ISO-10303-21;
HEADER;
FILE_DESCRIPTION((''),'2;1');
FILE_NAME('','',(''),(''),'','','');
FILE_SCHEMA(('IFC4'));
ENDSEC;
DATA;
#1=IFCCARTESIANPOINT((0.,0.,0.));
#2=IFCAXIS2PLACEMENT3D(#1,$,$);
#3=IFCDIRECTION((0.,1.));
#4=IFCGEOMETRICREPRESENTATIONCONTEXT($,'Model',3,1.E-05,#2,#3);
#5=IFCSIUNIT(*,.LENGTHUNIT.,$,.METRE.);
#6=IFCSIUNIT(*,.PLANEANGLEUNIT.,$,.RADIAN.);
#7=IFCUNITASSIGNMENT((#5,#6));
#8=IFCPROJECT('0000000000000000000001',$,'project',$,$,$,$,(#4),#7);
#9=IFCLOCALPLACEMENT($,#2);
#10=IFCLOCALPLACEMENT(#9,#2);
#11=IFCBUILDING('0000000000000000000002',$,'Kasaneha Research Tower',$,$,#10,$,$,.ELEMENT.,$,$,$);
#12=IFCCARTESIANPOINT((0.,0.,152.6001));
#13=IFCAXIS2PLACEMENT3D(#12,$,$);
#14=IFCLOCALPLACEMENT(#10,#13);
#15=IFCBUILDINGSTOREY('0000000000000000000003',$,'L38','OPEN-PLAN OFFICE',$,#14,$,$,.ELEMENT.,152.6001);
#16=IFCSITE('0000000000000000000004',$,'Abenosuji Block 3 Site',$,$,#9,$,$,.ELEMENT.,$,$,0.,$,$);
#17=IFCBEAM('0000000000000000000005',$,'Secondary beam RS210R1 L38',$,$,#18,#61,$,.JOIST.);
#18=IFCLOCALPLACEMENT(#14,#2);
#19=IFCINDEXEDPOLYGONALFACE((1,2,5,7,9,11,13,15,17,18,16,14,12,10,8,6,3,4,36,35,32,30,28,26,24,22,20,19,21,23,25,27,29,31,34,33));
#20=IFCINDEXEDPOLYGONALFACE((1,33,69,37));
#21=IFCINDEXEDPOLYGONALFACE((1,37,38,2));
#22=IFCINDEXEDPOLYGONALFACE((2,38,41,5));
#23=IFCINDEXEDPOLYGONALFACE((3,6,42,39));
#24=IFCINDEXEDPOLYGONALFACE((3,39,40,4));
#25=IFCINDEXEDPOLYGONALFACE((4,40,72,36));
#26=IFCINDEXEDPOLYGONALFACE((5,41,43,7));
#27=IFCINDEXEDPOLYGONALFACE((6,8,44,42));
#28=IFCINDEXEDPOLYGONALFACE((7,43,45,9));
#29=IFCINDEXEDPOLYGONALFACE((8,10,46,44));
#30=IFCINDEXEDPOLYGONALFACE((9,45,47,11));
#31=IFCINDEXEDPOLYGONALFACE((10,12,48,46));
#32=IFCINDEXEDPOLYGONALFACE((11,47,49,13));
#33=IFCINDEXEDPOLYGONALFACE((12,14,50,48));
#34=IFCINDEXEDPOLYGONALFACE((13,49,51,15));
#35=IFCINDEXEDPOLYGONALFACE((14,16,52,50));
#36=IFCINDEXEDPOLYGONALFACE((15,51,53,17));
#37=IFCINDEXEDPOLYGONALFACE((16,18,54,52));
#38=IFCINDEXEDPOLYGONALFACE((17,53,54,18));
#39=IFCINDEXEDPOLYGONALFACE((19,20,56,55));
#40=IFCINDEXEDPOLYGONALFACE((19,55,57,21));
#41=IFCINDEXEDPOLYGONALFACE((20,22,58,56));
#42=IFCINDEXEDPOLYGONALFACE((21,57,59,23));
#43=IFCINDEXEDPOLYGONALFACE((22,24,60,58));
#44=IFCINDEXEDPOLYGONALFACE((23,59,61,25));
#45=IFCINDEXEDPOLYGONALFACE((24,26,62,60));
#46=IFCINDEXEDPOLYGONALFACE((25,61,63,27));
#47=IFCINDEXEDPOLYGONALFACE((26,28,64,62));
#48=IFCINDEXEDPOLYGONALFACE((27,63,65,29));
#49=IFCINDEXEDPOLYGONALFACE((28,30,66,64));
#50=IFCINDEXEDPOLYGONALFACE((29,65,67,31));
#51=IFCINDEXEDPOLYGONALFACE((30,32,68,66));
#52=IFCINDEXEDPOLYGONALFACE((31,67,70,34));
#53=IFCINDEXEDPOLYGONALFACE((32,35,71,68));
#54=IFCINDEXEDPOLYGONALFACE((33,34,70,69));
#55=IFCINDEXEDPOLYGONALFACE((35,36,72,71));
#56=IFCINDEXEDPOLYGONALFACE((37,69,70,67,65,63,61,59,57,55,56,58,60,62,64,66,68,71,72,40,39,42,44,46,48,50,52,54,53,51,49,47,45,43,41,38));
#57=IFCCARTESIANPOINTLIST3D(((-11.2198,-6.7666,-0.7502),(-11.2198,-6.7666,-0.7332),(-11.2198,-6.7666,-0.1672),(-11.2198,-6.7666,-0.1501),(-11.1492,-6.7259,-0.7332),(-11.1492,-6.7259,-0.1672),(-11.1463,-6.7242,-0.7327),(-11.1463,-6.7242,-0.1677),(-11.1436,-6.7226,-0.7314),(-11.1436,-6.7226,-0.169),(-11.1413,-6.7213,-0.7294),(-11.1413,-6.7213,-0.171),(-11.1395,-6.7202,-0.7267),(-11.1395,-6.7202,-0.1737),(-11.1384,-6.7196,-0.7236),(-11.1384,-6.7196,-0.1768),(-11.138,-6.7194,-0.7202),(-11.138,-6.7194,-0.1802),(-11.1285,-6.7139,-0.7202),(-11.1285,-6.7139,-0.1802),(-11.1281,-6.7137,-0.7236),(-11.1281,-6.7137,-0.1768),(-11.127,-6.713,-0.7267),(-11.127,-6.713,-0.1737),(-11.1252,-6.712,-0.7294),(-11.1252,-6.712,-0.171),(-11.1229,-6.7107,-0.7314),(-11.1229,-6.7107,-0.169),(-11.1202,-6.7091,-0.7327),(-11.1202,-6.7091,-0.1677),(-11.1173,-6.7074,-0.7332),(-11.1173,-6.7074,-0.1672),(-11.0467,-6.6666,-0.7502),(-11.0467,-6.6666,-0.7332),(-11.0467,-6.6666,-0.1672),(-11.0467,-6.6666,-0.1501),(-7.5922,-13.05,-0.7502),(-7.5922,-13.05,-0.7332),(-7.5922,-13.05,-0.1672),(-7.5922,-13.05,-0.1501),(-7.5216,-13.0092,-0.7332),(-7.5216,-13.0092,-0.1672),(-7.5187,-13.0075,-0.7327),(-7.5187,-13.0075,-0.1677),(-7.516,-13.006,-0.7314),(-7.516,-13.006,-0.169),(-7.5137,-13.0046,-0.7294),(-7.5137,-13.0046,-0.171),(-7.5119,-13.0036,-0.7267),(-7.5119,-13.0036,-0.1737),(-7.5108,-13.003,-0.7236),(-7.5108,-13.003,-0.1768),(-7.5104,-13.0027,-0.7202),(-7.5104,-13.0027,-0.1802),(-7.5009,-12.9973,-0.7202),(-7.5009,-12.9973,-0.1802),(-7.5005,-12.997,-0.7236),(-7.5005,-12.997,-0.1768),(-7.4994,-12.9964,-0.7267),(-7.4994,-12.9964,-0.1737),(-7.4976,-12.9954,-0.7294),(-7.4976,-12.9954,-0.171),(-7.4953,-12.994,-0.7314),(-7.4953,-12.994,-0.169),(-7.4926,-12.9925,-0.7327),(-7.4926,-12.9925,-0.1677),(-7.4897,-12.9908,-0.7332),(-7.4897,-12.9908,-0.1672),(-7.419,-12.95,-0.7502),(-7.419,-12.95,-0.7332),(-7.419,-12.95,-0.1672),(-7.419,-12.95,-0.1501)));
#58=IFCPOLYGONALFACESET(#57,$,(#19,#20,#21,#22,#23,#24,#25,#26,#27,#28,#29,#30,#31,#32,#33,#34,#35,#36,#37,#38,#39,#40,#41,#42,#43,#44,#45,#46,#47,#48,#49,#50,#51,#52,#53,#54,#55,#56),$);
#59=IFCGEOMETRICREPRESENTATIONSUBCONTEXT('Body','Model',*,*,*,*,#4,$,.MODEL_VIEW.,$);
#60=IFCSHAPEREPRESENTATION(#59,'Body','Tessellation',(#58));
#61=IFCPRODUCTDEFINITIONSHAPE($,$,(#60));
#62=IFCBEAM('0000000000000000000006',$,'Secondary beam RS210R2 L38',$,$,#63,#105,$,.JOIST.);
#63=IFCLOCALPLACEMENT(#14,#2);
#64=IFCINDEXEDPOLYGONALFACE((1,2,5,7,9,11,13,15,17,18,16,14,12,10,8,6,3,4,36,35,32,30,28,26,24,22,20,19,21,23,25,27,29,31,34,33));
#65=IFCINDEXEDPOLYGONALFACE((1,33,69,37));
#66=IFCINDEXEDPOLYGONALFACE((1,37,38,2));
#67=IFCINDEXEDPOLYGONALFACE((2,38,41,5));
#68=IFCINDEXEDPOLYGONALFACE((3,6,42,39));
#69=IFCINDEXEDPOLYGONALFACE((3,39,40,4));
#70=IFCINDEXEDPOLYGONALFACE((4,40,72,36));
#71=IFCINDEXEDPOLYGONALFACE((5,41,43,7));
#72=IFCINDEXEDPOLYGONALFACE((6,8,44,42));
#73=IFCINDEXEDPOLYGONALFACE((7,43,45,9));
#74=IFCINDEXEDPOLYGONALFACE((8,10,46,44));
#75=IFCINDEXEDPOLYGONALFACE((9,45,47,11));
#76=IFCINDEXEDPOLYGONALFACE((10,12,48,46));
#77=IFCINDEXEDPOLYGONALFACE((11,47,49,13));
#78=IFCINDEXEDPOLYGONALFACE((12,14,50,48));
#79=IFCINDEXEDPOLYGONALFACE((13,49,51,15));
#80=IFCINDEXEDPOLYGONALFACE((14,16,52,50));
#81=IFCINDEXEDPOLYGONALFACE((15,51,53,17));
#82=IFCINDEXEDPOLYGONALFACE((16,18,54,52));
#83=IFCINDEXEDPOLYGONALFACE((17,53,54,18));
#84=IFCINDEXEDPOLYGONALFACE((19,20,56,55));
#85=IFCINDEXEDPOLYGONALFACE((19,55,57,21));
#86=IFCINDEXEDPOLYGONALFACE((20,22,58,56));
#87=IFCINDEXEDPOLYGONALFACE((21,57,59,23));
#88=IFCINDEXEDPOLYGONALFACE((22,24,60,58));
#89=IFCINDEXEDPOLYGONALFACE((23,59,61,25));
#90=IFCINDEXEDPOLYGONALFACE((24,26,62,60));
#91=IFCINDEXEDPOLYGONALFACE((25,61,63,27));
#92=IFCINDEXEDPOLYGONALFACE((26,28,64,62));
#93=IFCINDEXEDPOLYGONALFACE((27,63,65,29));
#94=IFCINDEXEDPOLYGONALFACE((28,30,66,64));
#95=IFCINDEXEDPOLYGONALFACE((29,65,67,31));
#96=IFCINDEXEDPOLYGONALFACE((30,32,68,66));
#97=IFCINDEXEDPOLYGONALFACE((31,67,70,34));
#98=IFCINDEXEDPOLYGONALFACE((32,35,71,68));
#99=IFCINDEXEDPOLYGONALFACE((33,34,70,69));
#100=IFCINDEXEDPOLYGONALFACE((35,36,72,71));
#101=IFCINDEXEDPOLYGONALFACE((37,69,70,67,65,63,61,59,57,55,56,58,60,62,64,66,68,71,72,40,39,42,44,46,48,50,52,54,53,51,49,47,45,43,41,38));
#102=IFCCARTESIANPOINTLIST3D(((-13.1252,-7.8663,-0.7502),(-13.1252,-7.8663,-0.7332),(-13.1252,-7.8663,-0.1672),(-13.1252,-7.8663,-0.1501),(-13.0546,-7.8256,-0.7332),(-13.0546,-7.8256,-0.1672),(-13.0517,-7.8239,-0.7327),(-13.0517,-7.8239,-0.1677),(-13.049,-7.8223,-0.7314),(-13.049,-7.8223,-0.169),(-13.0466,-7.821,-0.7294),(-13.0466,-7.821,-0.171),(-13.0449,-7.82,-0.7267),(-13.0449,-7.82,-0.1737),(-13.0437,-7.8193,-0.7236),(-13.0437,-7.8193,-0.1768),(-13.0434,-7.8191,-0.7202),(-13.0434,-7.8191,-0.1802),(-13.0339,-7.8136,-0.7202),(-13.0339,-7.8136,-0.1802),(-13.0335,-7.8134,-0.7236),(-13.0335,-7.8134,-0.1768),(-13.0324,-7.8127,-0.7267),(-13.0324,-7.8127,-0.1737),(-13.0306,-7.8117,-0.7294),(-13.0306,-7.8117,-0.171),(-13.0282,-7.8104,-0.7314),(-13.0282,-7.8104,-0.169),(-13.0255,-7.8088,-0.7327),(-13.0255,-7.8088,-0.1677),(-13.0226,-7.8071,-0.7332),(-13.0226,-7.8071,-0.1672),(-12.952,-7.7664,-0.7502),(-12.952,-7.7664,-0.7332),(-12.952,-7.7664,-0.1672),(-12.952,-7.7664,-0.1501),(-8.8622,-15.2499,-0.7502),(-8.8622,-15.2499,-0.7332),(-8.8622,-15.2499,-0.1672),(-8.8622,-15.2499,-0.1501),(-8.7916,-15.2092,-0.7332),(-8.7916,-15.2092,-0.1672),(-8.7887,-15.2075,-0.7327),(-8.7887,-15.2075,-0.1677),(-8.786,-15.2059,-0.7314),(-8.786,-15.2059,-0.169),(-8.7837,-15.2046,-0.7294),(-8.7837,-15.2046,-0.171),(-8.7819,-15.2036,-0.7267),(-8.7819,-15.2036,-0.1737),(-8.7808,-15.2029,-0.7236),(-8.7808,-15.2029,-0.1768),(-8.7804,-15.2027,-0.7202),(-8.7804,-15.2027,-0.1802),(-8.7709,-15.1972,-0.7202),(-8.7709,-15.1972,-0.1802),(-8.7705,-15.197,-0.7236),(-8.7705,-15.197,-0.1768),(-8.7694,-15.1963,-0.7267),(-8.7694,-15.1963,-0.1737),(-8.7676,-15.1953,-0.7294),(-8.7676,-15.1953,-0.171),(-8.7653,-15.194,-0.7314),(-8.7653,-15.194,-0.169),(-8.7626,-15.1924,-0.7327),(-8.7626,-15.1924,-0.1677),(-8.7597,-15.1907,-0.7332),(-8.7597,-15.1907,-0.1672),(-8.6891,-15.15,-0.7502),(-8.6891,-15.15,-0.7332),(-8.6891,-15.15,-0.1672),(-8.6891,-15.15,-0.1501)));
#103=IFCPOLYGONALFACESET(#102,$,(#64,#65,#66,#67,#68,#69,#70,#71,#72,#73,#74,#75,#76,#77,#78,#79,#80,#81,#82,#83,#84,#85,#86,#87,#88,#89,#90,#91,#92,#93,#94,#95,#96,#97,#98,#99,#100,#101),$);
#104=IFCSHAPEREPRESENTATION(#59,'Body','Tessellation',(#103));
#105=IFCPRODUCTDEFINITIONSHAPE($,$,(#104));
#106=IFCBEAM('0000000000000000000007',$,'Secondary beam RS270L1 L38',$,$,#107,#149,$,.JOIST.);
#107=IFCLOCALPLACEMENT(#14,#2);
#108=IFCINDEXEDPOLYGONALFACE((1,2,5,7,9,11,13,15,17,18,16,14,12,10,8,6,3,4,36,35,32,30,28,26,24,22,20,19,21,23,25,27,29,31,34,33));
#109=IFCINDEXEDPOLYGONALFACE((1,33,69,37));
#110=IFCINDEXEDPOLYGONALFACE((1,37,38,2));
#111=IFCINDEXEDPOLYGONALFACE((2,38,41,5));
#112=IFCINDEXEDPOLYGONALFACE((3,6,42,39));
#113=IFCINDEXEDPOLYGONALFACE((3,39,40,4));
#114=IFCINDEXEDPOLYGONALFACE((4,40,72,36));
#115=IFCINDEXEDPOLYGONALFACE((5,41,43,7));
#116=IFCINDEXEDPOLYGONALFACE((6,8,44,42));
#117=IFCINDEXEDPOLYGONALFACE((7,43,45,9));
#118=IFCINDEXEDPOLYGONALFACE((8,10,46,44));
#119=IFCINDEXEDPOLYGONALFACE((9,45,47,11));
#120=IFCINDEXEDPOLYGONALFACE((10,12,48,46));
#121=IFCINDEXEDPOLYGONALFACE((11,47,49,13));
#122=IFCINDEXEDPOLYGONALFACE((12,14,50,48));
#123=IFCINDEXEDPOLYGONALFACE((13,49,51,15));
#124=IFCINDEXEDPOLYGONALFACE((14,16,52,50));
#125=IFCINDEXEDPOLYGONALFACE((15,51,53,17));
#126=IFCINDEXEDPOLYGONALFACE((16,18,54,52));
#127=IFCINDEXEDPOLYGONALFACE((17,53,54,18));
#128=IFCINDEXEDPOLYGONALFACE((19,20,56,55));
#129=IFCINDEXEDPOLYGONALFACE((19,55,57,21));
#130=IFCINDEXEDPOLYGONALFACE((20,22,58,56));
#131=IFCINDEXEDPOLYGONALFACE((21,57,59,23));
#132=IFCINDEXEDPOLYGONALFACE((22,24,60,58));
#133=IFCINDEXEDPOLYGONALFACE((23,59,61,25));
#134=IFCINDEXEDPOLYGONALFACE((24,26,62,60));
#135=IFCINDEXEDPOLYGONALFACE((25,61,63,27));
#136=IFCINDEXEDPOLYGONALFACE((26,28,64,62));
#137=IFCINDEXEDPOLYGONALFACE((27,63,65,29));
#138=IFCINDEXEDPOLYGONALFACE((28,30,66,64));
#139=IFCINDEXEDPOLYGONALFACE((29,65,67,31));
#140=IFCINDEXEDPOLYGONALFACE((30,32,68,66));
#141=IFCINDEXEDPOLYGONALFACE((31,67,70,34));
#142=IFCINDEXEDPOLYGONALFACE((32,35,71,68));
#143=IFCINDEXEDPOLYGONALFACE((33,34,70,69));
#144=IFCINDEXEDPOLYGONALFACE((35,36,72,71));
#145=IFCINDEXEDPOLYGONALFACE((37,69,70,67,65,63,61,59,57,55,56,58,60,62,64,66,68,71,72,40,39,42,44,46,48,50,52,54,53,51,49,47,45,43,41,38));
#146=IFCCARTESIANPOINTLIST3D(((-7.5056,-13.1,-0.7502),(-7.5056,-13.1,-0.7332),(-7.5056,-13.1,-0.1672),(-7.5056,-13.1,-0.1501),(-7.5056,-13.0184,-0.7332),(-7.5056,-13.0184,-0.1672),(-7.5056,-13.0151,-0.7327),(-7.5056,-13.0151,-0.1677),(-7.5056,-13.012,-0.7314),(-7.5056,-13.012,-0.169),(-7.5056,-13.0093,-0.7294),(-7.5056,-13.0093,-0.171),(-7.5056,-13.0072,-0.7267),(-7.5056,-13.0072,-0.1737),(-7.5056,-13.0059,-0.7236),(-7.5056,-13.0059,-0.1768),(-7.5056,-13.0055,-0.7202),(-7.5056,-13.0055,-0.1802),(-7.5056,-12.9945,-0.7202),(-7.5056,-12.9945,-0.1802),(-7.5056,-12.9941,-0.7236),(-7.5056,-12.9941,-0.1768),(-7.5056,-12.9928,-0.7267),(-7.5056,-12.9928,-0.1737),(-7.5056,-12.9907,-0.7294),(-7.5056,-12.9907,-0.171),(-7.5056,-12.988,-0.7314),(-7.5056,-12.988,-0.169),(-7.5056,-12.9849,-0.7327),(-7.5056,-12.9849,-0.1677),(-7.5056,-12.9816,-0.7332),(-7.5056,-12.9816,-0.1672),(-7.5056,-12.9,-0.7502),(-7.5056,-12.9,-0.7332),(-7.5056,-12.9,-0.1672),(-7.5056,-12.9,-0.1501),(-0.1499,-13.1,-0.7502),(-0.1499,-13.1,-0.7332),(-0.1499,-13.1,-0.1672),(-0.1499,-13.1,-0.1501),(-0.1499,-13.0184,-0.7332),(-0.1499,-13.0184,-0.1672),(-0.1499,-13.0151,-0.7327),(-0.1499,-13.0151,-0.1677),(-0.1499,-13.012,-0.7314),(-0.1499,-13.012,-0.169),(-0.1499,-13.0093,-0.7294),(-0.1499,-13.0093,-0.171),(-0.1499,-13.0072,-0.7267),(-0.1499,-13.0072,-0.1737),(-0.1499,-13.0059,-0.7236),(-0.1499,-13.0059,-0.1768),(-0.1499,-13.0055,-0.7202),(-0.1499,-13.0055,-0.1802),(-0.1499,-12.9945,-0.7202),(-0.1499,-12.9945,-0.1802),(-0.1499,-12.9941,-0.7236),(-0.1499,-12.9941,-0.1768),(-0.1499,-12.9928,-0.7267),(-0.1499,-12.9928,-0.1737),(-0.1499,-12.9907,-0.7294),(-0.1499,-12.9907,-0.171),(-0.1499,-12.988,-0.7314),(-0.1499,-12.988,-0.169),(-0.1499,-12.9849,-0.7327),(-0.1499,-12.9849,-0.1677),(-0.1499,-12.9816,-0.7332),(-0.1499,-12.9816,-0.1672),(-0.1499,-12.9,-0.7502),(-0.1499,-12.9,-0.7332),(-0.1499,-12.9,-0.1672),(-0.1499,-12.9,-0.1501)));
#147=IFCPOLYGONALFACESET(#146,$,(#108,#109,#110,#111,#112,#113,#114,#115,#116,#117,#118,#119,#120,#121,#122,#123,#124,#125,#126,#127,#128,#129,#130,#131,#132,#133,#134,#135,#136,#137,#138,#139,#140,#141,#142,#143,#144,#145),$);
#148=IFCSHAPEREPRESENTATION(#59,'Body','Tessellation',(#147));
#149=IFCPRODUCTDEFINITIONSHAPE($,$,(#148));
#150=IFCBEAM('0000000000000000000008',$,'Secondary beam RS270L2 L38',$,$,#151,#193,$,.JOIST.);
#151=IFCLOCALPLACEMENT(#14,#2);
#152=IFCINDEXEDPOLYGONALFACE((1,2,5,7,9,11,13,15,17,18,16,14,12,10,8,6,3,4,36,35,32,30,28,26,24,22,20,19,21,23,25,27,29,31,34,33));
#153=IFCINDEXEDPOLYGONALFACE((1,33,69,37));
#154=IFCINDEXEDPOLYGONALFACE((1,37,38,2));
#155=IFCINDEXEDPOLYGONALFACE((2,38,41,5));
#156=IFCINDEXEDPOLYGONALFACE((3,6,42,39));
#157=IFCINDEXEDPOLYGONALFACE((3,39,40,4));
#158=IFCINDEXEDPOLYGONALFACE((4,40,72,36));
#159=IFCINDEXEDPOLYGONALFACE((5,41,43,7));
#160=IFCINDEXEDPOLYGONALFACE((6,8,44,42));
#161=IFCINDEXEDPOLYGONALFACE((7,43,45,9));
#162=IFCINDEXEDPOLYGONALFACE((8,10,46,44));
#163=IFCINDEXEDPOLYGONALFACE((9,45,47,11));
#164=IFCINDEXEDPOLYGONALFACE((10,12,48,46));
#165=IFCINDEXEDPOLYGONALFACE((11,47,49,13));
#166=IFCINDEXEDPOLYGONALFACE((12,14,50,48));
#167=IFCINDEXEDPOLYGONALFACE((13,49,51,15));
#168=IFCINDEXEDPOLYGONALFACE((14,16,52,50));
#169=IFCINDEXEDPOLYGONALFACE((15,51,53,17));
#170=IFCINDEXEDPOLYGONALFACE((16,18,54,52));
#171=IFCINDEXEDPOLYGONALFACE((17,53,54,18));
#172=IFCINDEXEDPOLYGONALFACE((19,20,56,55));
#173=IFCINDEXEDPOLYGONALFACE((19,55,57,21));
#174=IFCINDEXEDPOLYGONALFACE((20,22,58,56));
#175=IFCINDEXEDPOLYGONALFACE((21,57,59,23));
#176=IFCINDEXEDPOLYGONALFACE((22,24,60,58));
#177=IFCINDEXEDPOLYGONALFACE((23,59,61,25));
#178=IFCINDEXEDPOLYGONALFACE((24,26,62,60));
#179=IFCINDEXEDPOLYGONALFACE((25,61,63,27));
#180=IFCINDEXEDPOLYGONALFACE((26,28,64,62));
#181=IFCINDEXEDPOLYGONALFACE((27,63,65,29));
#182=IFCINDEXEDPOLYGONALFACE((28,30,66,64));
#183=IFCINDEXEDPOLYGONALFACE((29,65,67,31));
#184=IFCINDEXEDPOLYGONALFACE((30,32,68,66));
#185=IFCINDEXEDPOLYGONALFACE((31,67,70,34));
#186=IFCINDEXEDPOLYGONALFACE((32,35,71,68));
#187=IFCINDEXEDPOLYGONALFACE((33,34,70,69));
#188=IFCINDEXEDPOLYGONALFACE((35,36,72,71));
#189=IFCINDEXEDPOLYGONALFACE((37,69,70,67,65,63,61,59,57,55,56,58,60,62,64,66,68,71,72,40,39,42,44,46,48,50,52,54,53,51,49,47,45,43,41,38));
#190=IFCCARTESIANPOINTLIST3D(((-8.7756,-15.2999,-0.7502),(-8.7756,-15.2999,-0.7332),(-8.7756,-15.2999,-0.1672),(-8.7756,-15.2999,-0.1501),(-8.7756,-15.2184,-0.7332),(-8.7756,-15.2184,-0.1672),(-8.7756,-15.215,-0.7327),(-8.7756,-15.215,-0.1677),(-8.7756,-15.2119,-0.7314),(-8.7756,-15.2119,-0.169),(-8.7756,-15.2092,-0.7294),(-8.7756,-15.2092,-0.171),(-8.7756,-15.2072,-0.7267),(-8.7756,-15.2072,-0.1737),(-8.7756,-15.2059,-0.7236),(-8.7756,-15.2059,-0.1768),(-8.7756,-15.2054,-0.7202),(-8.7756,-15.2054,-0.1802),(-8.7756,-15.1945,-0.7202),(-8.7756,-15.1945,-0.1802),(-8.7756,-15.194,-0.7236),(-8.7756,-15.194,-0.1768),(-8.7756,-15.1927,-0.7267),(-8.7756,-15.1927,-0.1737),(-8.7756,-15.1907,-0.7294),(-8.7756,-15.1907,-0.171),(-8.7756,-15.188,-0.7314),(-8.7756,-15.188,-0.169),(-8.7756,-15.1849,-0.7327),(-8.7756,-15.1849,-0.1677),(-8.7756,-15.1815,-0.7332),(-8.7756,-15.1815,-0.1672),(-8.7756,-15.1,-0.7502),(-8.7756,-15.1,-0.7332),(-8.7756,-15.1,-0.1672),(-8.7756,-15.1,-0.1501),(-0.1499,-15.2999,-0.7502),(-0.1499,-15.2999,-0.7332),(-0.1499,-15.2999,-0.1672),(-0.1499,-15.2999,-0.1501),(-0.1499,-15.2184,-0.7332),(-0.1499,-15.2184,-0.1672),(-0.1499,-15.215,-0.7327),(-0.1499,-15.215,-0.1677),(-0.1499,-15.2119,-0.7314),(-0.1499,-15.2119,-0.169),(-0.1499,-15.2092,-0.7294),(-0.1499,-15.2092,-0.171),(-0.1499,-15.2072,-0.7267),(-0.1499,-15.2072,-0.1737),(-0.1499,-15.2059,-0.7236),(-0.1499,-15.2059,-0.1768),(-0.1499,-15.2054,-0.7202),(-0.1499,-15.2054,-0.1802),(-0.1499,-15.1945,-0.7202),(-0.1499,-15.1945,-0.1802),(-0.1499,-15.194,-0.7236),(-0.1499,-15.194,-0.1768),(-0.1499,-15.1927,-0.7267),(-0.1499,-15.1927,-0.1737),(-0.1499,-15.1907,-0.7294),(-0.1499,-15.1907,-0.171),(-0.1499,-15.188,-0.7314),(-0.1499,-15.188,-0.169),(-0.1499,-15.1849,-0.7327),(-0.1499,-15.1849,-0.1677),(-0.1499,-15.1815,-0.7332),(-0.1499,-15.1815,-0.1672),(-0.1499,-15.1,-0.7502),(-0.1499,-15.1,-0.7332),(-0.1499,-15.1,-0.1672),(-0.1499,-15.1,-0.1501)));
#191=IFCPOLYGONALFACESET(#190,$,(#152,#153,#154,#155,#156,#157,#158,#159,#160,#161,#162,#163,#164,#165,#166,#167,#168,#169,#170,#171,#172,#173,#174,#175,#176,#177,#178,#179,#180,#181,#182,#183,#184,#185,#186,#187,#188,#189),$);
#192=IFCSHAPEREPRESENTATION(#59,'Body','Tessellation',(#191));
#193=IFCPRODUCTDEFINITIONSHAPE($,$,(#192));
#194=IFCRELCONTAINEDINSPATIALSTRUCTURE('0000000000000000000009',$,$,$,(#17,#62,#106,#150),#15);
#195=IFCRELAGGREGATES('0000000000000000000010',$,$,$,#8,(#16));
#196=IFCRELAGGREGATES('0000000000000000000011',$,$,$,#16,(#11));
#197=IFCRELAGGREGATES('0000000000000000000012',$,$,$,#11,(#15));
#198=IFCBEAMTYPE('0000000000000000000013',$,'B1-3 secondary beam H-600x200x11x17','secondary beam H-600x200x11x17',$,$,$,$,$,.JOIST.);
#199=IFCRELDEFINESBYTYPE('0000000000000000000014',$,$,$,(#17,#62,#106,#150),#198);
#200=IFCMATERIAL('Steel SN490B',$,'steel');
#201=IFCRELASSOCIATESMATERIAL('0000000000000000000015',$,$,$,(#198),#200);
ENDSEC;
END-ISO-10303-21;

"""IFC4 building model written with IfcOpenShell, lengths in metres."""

from ifc_helpers import new_model, si_unit, direction, frame, origin, origin_2d, place, context, subcontext, project, spatial, i_section, extrude, material, material_profile, profile_set, type_object, element, save


model = new_model("IFC4")

# Units and contexts
model_context = context("Model", 3, precision=1e-05, world=origin(), true_north=direction((0.0, 1.0)))
body_context = subcontext(model_context, "Body", "Model", "MODEL_VIEW")
ifc_project = project(units=[si_unit("LENGTHUNIT", "METRE"), si_unit("PLANEANGLEUNIT", "RADIAN")], contexts=[model_context])

# Site, building, storey
site_placement = place(None, origin())
site = spatial("IfcSite", under=ifc_project, at=site_placement, Name="Abenosuji Block 3 Site", CompositionType="ELEMENT", RefElevation=0.0)
building_placement = place(site_placement, origin())
building = spatial("IfcBuilding", under=site, at=building_placement, Name="Kasaneha Research Tower", CompositionType="ELEMENT")
storey_placement = place(building_placement, frame((0.0, 0.0, 152.6001)))
storey = spatial("IfcBuildingStorey", under=building, at=storey_placement, Name="L38", Description="OPEN-PLAN OFFICE", CompositionType="ELEMENT", Elevation=152.6001)

# Beams
ifc_material_1 = material(Name="Steel SN490B", Category="steel")
ifc_material_profile_1 = material_profile(ifc_material_1, i_section(OverallWidth=0.2, OverallDepth=0.6001, WebThickness=0.011, FlangeThickness=0.0171, FilletRadius=0.0129, at=origin_2d()), Name="H-600x200x11x17")
ifc_profile_set_1 = profile_set([ifc_material_profile_1], Name="Steel SN490B")
beam_type_1 = type_object("IfcBeamType", Name="B1-3 secondary beam H-600x200x11x17", Description="secondary beam H-600x200x11x17", PredefinedType="JOIST", material=ifc_profile_set_1)
beam_1_placement = place(storey_placement, frame((-7.5056, -13.0, -0.4502), z_axis=(-0.499993, 0.866029, 0.0), x_axis=(-0.866029, -0.499993, 0.0)))
element("IfcBeam", 1, at=beam_1_placement, inside=storey, type_object=beam_type_1, Name="Secondary beam RS210R1 L38", PredefinedType="JOIST", context=body_context, shape_type="SweptSolid", body=[
    extrude(i_section(OverallWidth=0.2, OverallDepth=0.6001, WebThickness=0.011, FlangeThickness=0.0171, FilletRadius=0.0129, at=origin_2d()), origin(), (0.0, 0.0, 1.0), 7.2554),
])
beam_2_placement = place(storey_placement, frame((-8.7756, -15.2, -0.4502), z_axis=(-0.500004, 0.866023, 0.0), x_axis=(-0.866023, -0.500004, 0.0)))
element("IfcBeam", 2, at=beam_2_placement, inside=storey, type_object=beam_type_1, Name="Secondary beam RS210R2 L38", PredefinedType="JOIST", context=body_context, shape_type="SweptSolid", body=[
    extrude(i_section(OverallWidth=0.2, OverallDepth=0.6001, WebThickness=0.011, FlangeThickness=0.0171, FilletRadius=0.0129, at=origin_2d()), origin(), (0.0, 0.0, 1.0), 8.5259),
])
beam_3_placement = place(storey_placement, frame((-7.5056, -13.0, -0.4502), z_axis=(1.0, 0.0, 0.0), x_axis=(0.0, 1.0, 0.0)))
element("IfcBeam", 3, at=beam_3_placement, inside=storey, type_object=beam_type_1, Name="Secondary beam RS270L1 L38", PredefinedType="JOIST", context=body_context, shape_type="SweptSolid", body=[
    extrude(i_section(OverallWidth=0.2, OverallDepth=0.6001, WebThickness=0.011, FlangeThickness=0.0171, FilletRadius=0.0129, at=origin_2d()), origin(), (0.0, 0.0, 1.0), 7.3557),
])
beam_4_placement = place(storey_placement, frame((-8.7756, -15.2, -0.4502), z_axis=(1.0, 0.0, 0.0), x_axis=(0.0, 1.0, 0.0)))
element("IfcBeam", 4, at=beam_4_placement, inside=storey, type_object=beam_type_1, Name="Secondary beam RS270L2 L38", PredefinedType="JOIST", context=body_context, shape_type="SweptSolid", body=[
    extrude(i_section(OverallWidth=0.2, OverallDepth=0.6001, WebThickness=0.011, FlangeThickness=0.0171, FilletRadius=0.0129, at=origin_2d()), origin(), (0.0, 0.0, 1.0), 8.6257),
])

save(model, "model.ifc")
